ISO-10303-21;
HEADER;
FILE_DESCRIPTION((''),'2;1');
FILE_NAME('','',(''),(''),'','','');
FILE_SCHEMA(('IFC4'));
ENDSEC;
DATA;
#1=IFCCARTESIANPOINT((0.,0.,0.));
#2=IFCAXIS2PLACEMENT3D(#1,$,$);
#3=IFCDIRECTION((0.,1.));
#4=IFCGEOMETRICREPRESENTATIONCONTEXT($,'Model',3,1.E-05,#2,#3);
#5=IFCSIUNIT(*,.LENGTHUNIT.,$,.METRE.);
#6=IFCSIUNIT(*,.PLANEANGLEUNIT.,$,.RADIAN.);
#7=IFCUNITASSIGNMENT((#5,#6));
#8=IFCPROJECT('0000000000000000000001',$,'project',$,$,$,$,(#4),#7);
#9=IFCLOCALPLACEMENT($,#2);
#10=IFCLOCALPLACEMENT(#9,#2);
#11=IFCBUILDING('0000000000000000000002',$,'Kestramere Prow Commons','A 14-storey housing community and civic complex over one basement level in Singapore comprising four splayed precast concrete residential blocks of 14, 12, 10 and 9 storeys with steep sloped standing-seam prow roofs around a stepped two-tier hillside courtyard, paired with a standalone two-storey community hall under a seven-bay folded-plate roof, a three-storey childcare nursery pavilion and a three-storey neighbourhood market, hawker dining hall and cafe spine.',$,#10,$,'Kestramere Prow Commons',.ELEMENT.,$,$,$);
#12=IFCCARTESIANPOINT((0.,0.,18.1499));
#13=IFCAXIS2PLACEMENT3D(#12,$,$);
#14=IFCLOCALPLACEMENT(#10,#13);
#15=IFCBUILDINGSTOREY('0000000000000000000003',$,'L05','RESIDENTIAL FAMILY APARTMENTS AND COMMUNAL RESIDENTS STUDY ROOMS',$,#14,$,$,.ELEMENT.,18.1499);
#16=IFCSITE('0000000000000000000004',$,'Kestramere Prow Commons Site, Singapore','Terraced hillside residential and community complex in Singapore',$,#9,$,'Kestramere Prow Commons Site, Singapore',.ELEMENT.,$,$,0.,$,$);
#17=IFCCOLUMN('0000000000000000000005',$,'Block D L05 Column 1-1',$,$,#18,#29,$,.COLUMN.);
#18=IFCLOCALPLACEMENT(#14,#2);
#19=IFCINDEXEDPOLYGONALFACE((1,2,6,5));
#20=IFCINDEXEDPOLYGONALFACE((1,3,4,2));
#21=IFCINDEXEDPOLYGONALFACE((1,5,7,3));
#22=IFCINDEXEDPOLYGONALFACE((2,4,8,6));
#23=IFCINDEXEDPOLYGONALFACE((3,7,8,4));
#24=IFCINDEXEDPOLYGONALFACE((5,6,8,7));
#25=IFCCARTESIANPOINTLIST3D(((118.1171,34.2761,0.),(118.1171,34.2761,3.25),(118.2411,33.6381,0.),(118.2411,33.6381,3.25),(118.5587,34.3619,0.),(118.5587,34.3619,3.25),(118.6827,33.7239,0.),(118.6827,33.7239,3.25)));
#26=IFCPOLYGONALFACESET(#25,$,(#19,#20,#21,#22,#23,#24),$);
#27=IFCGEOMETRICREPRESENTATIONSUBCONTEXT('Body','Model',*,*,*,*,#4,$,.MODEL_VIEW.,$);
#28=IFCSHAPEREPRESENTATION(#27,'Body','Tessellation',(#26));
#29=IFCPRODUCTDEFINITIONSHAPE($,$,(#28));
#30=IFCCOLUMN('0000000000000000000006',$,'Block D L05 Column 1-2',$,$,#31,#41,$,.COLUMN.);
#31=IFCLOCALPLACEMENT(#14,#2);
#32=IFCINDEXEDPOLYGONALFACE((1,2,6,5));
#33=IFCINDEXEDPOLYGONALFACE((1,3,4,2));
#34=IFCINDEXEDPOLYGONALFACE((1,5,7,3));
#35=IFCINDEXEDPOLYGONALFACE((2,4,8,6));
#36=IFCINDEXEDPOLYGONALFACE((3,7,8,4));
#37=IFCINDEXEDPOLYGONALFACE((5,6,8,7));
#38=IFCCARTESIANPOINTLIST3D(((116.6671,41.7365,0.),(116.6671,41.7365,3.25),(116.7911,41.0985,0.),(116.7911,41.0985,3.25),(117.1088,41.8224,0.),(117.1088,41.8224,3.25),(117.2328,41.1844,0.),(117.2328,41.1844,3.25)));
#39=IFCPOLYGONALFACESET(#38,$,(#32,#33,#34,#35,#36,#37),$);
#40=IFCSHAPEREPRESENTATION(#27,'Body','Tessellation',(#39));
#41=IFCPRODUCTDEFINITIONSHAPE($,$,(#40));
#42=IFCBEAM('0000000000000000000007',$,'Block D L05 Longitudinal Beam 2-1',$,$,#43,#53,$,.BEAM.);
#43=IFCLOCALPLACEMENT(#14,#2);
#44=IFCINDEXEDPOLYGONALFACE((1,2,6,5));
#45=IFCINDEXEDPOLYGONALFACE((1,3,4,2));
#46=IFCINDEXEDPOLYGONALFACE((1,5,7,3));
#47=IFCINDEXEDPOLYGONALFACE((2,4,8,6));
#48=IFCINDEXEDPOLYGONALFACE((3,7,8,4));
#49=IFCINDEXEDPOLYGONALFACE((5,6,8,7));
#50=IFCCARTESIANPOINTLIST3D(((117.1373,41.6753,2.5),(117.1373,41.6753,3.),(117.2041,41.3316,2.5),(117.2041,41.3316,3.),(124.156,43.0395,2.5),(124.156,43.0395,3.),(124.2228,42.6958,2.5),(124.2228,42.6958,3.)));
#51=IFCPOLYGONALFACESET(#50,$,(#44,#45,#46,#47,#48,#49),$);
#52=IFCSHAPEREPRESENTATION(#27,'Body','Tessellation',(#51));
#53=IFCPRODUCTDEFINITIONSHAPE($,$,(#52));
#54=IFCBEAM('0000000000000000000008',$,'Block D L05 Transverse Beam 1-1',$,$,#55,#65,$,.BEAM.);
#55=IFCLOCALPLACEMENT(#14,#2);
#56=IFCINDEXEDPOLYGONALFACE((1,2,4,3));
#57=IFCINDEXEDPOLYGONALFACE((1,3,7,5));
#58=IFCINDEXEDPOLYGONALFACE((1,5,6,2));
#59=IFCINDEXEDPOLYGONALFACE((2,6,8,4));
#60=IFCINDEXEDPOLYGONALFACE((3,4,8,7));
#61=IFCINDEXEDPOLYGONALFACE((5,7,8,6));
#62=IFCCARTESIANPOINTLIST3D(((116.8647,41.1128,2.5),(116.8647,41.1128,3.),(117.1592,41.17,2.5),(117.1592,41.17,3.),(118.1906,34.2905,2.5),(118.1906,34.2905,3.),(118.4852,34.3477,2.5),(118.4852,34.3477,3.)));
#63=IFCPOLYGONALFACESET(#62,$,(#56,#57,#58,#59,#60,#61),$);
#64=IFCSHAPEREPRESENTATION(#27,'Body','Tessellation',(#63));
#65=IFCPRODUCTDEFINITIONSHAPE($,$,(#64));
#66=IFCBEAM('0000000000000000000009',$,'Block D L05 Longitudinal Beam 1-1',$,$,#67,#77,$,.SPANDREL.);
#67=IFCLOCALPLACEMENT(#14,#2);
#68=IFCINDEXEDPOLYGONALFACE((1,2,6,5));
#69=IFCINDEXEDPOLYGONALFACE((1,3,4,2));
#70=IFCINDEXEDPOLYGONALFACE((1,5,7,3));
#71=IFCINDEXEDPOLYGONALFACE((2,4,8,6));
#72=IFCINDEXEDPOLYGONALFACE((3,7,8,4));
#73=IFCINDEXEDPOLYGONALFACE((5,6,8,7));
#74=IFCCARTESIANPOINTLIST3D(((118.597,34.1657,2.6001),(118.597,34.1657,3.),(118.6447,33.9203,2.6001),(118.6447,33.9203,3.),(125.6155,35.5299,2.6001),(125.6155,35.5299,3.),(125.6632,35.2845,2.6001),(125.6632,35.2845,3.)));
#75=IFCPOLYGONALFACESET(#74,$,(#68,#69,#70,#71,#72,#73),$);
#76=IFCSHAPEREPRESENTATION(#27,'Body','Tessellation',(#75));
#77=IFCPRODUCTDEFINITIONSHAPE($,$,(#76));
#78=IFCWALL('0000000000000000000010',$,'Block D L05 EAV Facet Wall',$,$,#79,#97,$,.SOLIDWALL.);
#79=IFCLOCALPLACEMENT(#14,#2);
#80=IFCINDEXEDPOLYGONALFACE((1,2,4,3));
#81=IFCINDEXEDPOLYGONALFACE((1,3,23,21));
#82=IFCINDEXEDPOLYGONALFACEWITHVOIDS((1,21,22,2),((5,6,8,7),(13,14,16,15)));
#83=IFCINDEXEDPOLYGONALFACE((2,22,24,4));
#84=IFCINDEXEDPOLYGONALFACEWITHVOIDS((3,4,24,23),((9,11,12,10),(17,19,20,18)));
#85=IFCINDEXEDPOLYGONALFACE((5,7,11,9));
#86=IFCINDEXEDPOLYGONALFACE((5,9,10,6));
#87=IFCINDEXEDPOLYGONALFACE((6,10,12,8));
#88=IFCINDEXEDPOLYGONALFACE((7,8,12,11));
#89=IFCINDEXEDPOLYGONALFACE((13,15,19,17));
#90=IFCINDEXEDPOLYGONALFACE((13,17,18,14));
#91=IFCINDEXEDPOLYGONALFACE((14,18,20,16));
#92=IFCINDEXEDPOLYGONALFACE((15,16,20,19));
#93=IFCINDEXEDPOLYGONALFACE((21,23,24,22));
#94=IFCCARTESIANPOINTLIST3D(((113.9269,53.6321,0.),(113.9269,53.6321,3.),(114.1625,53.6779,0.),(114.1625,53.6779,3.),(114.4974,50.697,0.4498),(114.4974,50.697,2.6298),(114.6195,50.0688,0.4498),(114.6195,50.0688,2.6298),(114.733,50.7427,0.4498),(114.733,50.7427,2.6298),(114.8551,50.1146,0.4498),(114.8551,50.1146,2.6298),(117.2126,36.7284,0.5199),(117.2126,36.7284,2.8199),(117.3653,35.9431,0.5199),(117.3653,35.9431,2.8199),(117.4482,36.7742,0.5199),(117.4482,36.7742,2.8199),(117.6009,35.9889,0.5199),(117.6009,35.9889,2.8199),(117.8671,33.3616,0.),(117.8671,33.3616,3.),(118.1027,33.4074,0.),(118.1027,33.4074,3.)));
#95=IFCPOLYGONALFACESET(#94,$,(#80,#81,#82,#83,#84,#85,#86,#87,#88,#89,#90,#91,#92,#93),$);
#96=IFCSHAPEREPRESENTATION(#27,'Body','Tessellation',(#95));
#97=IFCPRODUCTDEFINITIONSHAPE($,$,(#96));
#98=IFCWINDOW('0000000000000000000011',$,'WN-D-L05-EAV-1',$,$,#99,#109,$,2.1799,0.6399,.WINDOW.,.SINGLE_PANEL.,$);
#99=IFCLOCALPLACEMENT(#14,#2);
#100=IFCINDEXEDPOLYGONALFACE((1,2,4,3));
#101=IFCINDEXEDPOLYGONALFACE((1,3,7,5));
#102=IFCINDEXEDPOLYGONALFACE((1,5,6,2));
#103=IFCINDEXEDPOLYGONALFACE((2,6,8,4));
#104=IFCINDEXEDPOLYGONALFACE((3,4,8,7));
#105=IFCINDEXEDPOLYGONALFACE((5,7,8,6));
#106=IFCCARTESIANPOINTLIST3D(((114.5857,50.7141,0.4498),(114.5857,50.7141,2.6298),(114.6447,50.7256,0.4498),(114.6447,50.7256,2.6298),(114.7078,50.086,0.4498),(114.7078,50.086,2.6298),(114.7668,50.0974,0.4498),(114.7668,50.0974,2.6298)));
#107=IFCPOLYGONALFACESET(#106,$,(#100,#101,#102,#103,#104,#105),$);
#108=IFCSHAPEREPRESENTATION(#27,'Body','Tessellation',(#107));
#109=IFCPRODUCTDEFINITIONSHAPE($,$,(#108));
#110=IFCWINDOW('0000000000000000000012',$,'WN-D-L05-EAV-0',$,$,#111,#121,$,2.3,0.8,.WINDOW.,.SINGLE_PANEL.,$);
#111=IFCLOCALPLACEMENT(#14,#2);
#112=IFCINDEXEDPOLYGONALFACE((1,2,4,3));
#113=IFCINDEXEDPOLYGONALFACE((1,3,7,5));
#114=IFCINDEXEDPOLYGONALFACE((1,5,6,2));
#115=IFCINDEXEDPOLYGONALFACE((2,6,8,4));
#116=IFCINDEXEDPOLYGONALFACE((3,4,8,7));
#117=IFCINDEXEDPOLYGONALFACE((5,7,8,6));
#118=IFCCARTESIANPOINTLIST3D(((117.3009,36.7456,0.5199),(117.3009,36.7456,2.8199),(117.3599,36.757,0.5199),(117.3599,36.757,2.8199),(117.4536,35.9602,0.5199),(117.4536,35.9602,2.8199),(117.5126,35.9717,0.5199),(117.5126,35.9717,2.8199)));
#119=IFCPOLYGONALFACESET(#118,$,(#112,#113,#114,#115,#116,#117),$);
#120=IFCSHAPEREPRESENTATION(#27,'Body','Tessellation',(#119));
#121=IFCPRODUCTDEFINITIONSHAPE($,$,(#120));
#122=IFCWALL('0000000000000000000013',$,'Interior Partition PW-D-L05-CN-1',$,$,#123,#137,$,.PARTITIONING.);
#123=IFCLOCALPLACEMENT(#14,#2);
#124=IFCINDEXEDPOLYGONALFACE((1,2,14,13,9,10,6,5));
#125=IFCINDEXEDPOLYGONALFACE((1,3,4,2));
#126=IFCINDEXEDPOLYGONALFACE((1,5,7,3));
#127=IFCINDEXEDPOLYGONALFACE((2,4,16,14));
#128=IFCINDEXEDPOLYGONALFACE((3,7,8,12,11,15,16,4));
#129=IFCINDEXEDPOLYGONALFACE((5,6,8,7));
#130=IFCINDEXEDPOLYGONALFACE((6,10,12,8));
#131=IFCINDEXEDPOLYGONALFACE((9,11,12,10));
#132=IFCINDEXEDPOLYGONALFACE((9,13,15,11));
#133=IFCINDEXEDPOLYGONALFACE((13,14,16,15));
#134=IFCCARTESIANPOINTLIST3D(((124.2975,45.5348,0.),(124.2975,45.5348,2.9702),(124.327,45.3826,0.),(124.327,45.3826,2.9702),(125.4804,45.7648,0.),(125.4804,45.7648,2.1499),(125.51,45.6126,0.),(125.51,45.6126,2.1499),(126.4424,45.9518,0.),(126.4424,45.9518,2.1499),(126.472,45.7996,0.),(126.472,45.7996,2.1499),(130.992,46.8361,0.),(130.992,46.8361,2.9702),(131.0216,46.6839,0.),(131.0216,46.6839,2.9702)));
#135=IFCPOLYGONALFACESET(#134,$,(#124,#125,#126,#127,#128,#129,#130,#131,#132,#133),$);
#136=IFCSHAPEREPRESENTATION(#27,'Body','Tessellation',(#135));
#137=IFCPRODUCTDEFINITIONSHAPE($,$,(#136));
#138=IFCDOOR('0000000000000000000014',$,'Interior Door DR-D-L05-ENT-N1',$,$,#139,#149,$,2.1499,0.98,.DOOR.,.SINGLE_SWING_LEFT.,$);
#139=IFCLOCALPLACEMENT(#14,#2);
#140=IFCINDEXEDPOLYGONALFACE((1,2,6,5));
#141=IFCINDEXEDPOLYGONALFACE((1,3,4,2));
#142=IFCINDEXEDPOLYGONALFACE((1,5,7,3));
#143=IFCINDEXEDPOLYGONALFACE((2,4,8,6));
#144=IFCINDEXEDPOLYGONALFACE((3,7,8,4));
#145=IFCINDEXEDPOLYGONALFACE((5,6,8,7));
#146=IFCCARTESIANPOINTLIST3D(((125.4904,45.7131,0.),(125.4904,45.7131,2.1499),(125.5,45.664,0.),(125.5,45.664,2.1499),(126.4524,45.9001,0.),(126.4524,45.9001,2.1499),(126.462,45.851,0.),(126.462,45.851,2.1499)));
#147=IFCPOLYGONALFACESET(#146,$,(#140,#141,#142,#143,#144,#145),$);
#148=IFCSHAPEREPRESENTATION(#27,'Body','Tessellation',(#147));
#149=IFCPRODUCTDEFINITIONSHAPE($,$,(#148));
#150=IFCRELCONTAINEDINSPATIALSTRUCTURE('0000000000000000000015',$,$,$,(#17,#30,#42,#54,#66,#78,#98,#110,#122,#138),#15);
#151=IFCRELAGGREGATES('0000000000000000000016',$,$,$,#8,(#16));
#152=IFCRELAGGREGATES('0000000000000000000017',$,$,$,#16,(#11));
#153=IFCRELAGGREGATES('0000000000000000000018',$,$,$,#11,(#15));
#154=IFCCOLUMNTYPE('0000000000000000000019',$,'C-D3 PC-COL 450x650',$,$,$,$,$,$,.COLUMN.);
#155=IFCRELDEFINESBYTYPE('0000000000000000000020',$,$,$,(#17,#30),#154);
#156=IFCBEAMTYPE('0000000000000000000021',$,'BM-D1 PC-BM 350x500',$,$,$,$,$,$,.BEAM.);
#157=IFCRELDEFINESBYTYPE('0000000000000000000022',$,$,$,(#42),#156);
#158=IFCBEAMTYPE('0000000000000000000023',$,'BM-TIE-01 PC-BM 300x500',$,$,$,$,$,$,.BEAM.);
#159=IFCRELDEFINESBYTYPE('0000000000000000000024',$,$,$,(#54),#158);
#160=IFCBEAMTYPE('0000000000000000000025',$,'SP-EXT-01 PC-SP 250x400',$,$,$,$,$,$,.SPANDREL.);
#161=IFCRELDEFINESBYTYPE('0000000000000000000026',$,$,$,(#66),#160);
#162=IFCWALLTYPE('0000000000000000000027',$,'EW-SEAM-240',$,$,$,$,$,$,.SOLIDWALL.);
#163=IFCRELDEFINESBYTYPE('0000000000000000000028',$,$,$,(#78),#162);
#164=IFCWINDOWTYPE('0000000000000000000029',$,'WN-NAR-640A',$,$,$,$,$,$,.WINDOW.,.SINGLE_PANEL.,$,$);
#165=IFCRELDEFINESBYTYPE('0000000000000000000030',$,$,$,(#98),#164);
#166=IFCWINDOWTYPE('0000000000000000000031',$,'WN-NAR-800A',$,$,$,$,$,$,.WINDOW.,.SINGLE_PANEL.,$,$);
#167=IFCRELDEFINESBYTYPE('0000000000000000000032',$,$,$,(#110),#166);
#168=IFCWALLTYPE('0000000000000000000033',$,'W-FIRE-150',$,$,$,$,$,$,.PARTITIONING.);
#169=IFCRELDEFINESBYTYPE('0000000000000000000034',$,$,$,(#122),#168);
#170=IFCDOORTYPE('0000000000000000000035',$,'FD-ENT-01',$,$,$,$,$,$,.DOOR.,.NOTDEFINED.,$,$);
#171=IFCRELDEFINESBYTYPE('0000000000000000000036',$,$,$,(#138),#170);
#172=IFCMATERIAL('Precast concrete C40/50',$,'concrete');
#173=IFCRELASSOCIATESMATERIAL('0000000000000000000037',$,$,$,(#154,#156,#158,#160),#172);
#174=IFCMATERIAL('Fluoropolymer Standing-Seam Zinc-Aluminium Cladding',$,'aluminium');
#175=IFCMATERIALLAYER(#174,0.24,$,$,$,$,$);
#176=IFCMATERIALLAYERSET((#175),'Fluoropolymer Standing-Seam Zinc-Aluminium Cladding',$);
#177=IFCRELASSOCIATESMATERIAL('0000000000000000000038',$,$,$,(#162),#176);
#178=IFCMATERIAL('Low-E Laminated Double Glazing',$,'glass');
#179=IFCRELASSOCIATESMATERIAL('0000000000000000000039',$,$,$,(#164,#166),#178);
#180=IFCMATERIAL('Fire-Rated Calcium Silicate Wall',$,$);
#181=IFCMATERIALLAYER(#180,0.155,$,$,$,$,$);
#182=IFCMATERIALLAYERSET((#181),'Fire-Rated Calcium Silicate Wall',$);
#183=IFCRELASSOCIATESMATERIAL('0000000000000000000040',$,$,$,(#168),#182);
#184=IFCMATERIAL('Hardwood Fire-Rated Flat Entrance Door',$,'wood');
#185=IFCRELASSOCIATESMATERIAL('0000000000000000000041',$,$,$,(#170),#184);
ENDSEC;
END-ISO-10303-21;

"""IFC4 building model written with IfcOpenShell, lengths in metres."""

from ifc_helpers import new_model, si_unit, direction, frame, frame_2d, origin, origin_2d, place, context, subcontext, project, spatial, rectangle, extrude, material, layer, layer_set, material_profile, profile_set, type_object, element, fill, save


model = new_model("IFC4")

# Units and contexts
model_context = context("Model", 3, precision=1e-05, world=origin(), true_north=direction((0.0, 1.0)))
body_context = subcontext(model_context, "Body", "Model", "MODEL_VIEW")
ifc_project = project(units=[si_unit("LENGTHUNIT", "METRE"), si_unit("PLANEANGLEUNIT", "RADIAN")], contexts=[model_context])

# Site, building, storey
site_placement = place(None, origin())
site = spatial("IfcSite", under=ifc_project, at=site_placement, Name="Kestramere Prow Commons Site, Singapore", Description="Terraced hillside residential and community complex in Singapore", LongName="Kestramere Prow Commons Site, Singapore", CompositionType="ELEMENT", RefElevation=0.0)
building_placement = place(site_placement, origin())
building = spatial("IfcBuilding", under=site, at=building_placement, Name="Kestramere Prow Commons", Description="A 14-storey housing community and civic complex over one basement level in Singapore comprising four splayed precast concrete residential blocks of 14, 12, 10 and 9 storeys with steep sloped standing-seam prow roofs around a stepped two-tier hillside courtyard, paired with a standalone two-storey community hall under a seven-bay folded-plate roof, a three-storey childcare nursery pavilion and a three-storey neighbourhood market, hawker dining hall and cafe spine.", LongName="Kestramere Prow Commons", CompositionType="ELEMENT")
storey_placement = place(building_placement, frame((0.0, 0.0, 18.1499)))
storey = spatial("IfcBuildingStorey", under=building, at=storey_placement, Name="L05", Description="RESIDENTIAL FAMILY APARTMENTS AND COMMUNAL RESIDENTS STUDY ROOMS", CompositionType="ELEMENT", Elevation=18.1499)

# Columns
ifc_material_1 = material(Name="Precast concrete C40/50", Category="concrete")
ifc_material_profile_1 = material_profile(ifc_material_1, rectangle(XDim=0.45, YDim=0.6499, at=origin_2d()), Name="PC-COL 450x650")
ifc_profile_set_1 = profile_set([ifc_material_profile_1], Name="Precast concrete C40/50")
column_type = type_object("IfcColumnType", Name="C-D3 PC-COL 450x650", PredefinedType="COLUMN", material=ifc_profile_set_1)
for number, where, z_axis, x_axis, name in (
    (1, (118.3999, 34.0, 0.0), (0.0, 0.0, 1.0), (0.981627, 0.190809, 0.0), "Block D L05 Column 1-1"),
    (2, (116.95, 41.4604, 0.0), (0.0, 0.0, 1.0), (0.981627, 0.190809, 0.0), "Block D L05 Column 1-2"),
):
    element("IfcColumn", number, at=place(storey_placement, frame(where, z_axis=z_axis, x_axis=x_axis)), inside=storey, type_object=column_type, Name=name, PredefinedType="COLUMN", context=body_context, shape_type="SweptSolid", body=[
        extrude(rectangle(XDim=0.45, YDim=0.6499, at=origin_2d()), origin(), (0.0, 0.0, 1.0), 3.25),
    ])

# Beams
ifc_material_profile_2 = material_profile(ifc_material_1, rectangle(XDim=0.3501, YDim=0.5, at=origin_2d()), Name="PC-BM 350x500")
ifc_profile_set_2 = profile_set([ifc_material_profile_2], Name="Precast concrete C40/50")
beam_type_1 = type_object("IfcBeamType", Name="BM-D1 PC-BM 350x500", PredefinedType="BEAM", material=ifc_profile_set_2)
beam_1_placement = place(storey_placement, frame((117.1707, 41.5034, 2.75), z_axis=(0.981629, 0.190801, 0.0), x_axis=(-0.190801, 0.981629, 0.0)))
element("IfcBeam", 3, at=beam_1_placement, inside=storey, type_object=beam_type_1, Name="Block D L05 Longitudinal Beam 2-1", PredefinedType="BEAM", context=body_context, shape_type="SweptSolid", body=[
    extrude(rectangle(XDim=0.3501, YDim=0.5, at=origin_2d()), origin(), (0.0, 0.0, 1.0), 7.1501),
])
ifc_material_profile_3 = material_profile(ifc_material_1, rectangle(XDim=0.3, YDim=0.5, at=origin_2d()), Name="PC-BM 300x500")
ifc_profile_set_3 = profile_set([ifc_material_profile_3], Name="Precast concrete C40/50")
beam_type_2 = type_object("IfcBeamType", Name="BM-TIE-01 PC-BM 300x500", PredefinedType="BEAM", material=ifc_profile_set_3)
beam_2_placement = place(storey_placement, frame((118.3379, 34.3191, 2.75), z_axis=(-0.190783, 0.981632, 0.0), x_axis=(-0.981632, -0.190783, 0.0)))
element("IfcBeam", 4, at=beam_2_placement, inside=storey, type_object=beam_type_2, Name="Block D L05 Transverse Beam 1-1", PredefinedType="BEAM", context=body_context, shape_type="SweptSolid", body=[
    extrude(rectangle(XDim=0.3, YDim=0.5, at=origin_2d()), origin(), (0.0, 0.0, 1.0), 6.95),
])
ifc_material_profile_4 = material_profile(ifc_material_1, rectangle(XDim=0.25, YDim=0.3999, at=origin_2d()), Name="PC-SP 250x400")
ifc_profile_set_4 = profile_set([ifc_material_profile_4], Name="Precast concrete C40/50")
beam_type_3 = type_object("IfcBeamType", Name="SP-EXT-01 PC-SP 250x400", PredefinedType="SPANDREL", material=ifc_profile_set_4)
beam_3_placement = place(storey_placement, frame((118.6208, 34.043, 2.8), z_axis=(0.981627, 0.190808, 0.0), x_axis=(-0.190808, 0.981627, 0.0)))
element("IfcBeam", 5, at=beam_3_placement, inside=storey, type_object=beam_type_3, Name="Block D L05 Longitudinal Beam 1-1", PredefinedType="SPANDREL", context=body_context, shape_type="SweptSolid", body=[
    extrude(rectangle(XDim=0.25, YDim=0.3999, at=origin_2d()), origin(), (0.0, 0.0, 1.0), 7.1499),
])

# Wall, openings, windows
ifc_material_2 = material(Name="Fluoropolymer Standing-Seam Zinc-Aluminium Cladding", Category="aluminium")
ifc_layer_1 = layer(ifc_material_2, 0.24)
ifc_layer_set_1 = layer_set([ifc_layer_1], Name="Fluoropolymer Standing-Seam Zinc-Aluminium Cladding")
wall_type_1 = type_object("IfcWallType", Name="EW-SEAM-240", PredefinedType="SOLIDWALL", material=ifc_layer_set_1)
wall_1_placement = place(storey_placement, frame((117.9849, 33.3845, 0.0), z_axis=(0.0, 0.0, 1.0), x_axis=(-0.190809, 0.981627, 0.0)))
wall_1 = element("IfcWall", 6, at=wall_1_placement, inside=storey, type_object=wall_type_1, Name="Block D L05 EAV Facet Wall", PredefinedType="SOLIDWALL", context=body_context, shape_type="SweptSolid", body=[
    extrude(rectangle(XDim=20.6499, YDim=0.24, at=frame_2d((10.325, 0.0))), origin(), (0.0, 0.0, 1.0), 3.0),
])
opening_1_placement = place(wall_1_placement, frame((2.6299, 0.0, 0.52)))
opening_1 = element("IfcOpeningElement", 7, at=opening_1_placement, cuts=wall_1, PredefinedType="OPENING", context=body_context, shape_type="SweptSolid", body=[
    extrude(rectangle(XDim=0.8, YDim=2.3, at=frame_2d((0.3999, 1.1499))), frame((0.0, 0.135, 0.0), z_axis=(0.0, -1.0, 0.0), x_axis=(1.0, 0.0, 0.0)), (0.0, 0.0, 1.0), 0.27),
])
opening_2_placement = place(wall_1_placement, frame((17.02, 0.0, 0.45)))
opening_2 = element("IfcOpeningElement", 8, at=opening_2_placement, cuts=wall_1, PredefinedType="OPENING", context=body_context, shape_type="SweptSolid", body=[
    extrude(rectangle(XDim=0.6399, YDim=2.1799, at=frame_2d((0.3198, 1.0898))), frame((0.0, 0.135, 0.0), z_axis=(0.0, -1.0, 0.0), x_axis=(1.0, 0.0, 0.0)), (0.0, 0.0, 1.0), 0.27),
])
ifc_material_3 = material(Name="Low-E Laminated Double Glazing", Category="glass")
window_type_1 = type_object("IfcWindowType", Name="WN-NAR-640A", PartitioningType="SINGLE_PANEL", PredefinedType="WINDOW", material=ifc_material_3)
window_1_placement = place(opening_2_placement, origin())
window_1 = element("IfcWindow", 9, at=window_1_placement, inside=storey, type_object=window_type_1, Name="WN-D-L05-EAV-1", OverallHeight=2.1799, OverallWidth=0.6399, PartitioningType="SINGLE_PANEL", PredefinedType="WINDOW", context=body_context, shape_type="SweptSolid", body=[
    extrude(rectangle(XDim=0.6399, YDim=2.1799, at=frame_2d((0.3198, 1.0898))), frame((0.0, 0.03, 0.0), z_axis=(0.0, -1.0, 0.0), x_axis=(1.0, 0.0, 0.0)), (0.0, 0.0, 1.0), 0.0601),
])
fill(opening_2, window_1)
window_type_2 = type_object("IfcWindowType", Name="WN-NAR-800A", PartitioningType="SINGLE_PANEL", PredefinedType="WINDOW", material=ifc_material_3)
window_2_placement = place(opening_1_placement, origin())
window_2 = element("IfcWindow", 10, at=window_2_placement, inside=storey, type_object=window_type_2, Name="WN-D-L05-EAV-0", OverallHeight=2.3, OverallWidth=0.8, PartitioningType="SINGLE_PANEL", PredefinedType="WINDOW", context=body_context, shape_type="SweptSolid", body=[
    extrude(rectangle(XDim=0.8, YDim=2.3, at=frame_2d((0.3999, 1.1499))), frame((0.0, 0.03, 0.0), z_axis=(0.0, -1.0, 0.0), x_axis=(1.0, 0.0, 0.0)), (0.0, 0.0, 1.0), 0.0601),
])
fill(opening_1, window_2)

# Wall, opening, door
ifc_material_4 = material(Name="Fire-Rated Calcium Silicate Wall")
ifc_layer_2 = layer(ifc_material_4, 0.155)
ifc_layer_set_2 = layer_set([ifc_layer_2], Name="Fire-Rated Calcium Silicate Wall")
wall_type_2 = type_object("IfcWallType", Name="W-FIRE-150", PredefinedType="PARTITIONING", material=ifc_layer_set_2)
wall_2_placement = place(storey_placement, frame((124.3123, 45.4587, 0.0), z_axis=(0.0, 0.0, 1.0), x_axis=(0.981628, 0.190805, 0.0)))
wall_2 = element("IfcWall", 11, at=wall_2_placement, inside=storey, type_object=wall_type_2, Name="Interior Partition PW-D-L05-CN-1", PredefinedType="PARTITIONING", context=body_context, shape_type="SweptSolid", body=[
    extrude(rectangle(XDim=6.8198, YDim=0.155, at=frame_2d((3.4099, 0.0))), origin(), (0.0, 0.0, 1.0), 2.9702),
])
opening_3_placement = place(wall_2_placement, frame((1.2051, 0.0, 0.0)))
opening_3 = element("IfcOpeningElement", 12, at=opening_3_placement, cuts=wall_2, PredefinedType="OPENING", context=body_context, shape_type="SweptSolid", body=[
    extrude(rectangle(XDim=0.98, YDim=2.1499, at=frame_2d((0.49, 1.075))), frame((0.0, 0.0925, 0.0), z_axis=(0.0, -1.0, 0.0), x_axis=(1.0, 0.0, 0.0)), (0.0, 0.0, 1.0), 0.1851),
])
ifc_material_5 = material(Name="Hardwood Fire-Rated Flat Entrance Door", Category="wood")
door_type_1 = type_object("IfcDoorType", Name="FD-ENT-01", OperationType="NOTDEFINED", PredefinedType="DOOR", material=ifc_material_5)
door_1_placement = place(opening_3_placement, origin())
door_1 = element("IfcDoor", 13, at=door_1_placement, inside=storey, type_object=door_type_1, Name="Interior Door DR-D-L05-ENT-N1", OperationType="SINGLE_SWING_LEFT", OverallHeight=2.1499, OverallWidth=0.98, PredefinedType="DOOR", context=body_context, shape_type="SweptSolid", body=[
    extrude(rectangle(XDim=0.98, YDim=2.1499, at=frame_2d((0.49, 1.075))), frame((0.0, 0.0249, 0.0), z_axis=(0.0, -1.0, 0.0), x_axis=(1.0, 0.0, 0.0)), (0.0, 0.0, 1.0), 0.05),
])
fill(opening_3, door_1)

save(model, "model.ifc")
